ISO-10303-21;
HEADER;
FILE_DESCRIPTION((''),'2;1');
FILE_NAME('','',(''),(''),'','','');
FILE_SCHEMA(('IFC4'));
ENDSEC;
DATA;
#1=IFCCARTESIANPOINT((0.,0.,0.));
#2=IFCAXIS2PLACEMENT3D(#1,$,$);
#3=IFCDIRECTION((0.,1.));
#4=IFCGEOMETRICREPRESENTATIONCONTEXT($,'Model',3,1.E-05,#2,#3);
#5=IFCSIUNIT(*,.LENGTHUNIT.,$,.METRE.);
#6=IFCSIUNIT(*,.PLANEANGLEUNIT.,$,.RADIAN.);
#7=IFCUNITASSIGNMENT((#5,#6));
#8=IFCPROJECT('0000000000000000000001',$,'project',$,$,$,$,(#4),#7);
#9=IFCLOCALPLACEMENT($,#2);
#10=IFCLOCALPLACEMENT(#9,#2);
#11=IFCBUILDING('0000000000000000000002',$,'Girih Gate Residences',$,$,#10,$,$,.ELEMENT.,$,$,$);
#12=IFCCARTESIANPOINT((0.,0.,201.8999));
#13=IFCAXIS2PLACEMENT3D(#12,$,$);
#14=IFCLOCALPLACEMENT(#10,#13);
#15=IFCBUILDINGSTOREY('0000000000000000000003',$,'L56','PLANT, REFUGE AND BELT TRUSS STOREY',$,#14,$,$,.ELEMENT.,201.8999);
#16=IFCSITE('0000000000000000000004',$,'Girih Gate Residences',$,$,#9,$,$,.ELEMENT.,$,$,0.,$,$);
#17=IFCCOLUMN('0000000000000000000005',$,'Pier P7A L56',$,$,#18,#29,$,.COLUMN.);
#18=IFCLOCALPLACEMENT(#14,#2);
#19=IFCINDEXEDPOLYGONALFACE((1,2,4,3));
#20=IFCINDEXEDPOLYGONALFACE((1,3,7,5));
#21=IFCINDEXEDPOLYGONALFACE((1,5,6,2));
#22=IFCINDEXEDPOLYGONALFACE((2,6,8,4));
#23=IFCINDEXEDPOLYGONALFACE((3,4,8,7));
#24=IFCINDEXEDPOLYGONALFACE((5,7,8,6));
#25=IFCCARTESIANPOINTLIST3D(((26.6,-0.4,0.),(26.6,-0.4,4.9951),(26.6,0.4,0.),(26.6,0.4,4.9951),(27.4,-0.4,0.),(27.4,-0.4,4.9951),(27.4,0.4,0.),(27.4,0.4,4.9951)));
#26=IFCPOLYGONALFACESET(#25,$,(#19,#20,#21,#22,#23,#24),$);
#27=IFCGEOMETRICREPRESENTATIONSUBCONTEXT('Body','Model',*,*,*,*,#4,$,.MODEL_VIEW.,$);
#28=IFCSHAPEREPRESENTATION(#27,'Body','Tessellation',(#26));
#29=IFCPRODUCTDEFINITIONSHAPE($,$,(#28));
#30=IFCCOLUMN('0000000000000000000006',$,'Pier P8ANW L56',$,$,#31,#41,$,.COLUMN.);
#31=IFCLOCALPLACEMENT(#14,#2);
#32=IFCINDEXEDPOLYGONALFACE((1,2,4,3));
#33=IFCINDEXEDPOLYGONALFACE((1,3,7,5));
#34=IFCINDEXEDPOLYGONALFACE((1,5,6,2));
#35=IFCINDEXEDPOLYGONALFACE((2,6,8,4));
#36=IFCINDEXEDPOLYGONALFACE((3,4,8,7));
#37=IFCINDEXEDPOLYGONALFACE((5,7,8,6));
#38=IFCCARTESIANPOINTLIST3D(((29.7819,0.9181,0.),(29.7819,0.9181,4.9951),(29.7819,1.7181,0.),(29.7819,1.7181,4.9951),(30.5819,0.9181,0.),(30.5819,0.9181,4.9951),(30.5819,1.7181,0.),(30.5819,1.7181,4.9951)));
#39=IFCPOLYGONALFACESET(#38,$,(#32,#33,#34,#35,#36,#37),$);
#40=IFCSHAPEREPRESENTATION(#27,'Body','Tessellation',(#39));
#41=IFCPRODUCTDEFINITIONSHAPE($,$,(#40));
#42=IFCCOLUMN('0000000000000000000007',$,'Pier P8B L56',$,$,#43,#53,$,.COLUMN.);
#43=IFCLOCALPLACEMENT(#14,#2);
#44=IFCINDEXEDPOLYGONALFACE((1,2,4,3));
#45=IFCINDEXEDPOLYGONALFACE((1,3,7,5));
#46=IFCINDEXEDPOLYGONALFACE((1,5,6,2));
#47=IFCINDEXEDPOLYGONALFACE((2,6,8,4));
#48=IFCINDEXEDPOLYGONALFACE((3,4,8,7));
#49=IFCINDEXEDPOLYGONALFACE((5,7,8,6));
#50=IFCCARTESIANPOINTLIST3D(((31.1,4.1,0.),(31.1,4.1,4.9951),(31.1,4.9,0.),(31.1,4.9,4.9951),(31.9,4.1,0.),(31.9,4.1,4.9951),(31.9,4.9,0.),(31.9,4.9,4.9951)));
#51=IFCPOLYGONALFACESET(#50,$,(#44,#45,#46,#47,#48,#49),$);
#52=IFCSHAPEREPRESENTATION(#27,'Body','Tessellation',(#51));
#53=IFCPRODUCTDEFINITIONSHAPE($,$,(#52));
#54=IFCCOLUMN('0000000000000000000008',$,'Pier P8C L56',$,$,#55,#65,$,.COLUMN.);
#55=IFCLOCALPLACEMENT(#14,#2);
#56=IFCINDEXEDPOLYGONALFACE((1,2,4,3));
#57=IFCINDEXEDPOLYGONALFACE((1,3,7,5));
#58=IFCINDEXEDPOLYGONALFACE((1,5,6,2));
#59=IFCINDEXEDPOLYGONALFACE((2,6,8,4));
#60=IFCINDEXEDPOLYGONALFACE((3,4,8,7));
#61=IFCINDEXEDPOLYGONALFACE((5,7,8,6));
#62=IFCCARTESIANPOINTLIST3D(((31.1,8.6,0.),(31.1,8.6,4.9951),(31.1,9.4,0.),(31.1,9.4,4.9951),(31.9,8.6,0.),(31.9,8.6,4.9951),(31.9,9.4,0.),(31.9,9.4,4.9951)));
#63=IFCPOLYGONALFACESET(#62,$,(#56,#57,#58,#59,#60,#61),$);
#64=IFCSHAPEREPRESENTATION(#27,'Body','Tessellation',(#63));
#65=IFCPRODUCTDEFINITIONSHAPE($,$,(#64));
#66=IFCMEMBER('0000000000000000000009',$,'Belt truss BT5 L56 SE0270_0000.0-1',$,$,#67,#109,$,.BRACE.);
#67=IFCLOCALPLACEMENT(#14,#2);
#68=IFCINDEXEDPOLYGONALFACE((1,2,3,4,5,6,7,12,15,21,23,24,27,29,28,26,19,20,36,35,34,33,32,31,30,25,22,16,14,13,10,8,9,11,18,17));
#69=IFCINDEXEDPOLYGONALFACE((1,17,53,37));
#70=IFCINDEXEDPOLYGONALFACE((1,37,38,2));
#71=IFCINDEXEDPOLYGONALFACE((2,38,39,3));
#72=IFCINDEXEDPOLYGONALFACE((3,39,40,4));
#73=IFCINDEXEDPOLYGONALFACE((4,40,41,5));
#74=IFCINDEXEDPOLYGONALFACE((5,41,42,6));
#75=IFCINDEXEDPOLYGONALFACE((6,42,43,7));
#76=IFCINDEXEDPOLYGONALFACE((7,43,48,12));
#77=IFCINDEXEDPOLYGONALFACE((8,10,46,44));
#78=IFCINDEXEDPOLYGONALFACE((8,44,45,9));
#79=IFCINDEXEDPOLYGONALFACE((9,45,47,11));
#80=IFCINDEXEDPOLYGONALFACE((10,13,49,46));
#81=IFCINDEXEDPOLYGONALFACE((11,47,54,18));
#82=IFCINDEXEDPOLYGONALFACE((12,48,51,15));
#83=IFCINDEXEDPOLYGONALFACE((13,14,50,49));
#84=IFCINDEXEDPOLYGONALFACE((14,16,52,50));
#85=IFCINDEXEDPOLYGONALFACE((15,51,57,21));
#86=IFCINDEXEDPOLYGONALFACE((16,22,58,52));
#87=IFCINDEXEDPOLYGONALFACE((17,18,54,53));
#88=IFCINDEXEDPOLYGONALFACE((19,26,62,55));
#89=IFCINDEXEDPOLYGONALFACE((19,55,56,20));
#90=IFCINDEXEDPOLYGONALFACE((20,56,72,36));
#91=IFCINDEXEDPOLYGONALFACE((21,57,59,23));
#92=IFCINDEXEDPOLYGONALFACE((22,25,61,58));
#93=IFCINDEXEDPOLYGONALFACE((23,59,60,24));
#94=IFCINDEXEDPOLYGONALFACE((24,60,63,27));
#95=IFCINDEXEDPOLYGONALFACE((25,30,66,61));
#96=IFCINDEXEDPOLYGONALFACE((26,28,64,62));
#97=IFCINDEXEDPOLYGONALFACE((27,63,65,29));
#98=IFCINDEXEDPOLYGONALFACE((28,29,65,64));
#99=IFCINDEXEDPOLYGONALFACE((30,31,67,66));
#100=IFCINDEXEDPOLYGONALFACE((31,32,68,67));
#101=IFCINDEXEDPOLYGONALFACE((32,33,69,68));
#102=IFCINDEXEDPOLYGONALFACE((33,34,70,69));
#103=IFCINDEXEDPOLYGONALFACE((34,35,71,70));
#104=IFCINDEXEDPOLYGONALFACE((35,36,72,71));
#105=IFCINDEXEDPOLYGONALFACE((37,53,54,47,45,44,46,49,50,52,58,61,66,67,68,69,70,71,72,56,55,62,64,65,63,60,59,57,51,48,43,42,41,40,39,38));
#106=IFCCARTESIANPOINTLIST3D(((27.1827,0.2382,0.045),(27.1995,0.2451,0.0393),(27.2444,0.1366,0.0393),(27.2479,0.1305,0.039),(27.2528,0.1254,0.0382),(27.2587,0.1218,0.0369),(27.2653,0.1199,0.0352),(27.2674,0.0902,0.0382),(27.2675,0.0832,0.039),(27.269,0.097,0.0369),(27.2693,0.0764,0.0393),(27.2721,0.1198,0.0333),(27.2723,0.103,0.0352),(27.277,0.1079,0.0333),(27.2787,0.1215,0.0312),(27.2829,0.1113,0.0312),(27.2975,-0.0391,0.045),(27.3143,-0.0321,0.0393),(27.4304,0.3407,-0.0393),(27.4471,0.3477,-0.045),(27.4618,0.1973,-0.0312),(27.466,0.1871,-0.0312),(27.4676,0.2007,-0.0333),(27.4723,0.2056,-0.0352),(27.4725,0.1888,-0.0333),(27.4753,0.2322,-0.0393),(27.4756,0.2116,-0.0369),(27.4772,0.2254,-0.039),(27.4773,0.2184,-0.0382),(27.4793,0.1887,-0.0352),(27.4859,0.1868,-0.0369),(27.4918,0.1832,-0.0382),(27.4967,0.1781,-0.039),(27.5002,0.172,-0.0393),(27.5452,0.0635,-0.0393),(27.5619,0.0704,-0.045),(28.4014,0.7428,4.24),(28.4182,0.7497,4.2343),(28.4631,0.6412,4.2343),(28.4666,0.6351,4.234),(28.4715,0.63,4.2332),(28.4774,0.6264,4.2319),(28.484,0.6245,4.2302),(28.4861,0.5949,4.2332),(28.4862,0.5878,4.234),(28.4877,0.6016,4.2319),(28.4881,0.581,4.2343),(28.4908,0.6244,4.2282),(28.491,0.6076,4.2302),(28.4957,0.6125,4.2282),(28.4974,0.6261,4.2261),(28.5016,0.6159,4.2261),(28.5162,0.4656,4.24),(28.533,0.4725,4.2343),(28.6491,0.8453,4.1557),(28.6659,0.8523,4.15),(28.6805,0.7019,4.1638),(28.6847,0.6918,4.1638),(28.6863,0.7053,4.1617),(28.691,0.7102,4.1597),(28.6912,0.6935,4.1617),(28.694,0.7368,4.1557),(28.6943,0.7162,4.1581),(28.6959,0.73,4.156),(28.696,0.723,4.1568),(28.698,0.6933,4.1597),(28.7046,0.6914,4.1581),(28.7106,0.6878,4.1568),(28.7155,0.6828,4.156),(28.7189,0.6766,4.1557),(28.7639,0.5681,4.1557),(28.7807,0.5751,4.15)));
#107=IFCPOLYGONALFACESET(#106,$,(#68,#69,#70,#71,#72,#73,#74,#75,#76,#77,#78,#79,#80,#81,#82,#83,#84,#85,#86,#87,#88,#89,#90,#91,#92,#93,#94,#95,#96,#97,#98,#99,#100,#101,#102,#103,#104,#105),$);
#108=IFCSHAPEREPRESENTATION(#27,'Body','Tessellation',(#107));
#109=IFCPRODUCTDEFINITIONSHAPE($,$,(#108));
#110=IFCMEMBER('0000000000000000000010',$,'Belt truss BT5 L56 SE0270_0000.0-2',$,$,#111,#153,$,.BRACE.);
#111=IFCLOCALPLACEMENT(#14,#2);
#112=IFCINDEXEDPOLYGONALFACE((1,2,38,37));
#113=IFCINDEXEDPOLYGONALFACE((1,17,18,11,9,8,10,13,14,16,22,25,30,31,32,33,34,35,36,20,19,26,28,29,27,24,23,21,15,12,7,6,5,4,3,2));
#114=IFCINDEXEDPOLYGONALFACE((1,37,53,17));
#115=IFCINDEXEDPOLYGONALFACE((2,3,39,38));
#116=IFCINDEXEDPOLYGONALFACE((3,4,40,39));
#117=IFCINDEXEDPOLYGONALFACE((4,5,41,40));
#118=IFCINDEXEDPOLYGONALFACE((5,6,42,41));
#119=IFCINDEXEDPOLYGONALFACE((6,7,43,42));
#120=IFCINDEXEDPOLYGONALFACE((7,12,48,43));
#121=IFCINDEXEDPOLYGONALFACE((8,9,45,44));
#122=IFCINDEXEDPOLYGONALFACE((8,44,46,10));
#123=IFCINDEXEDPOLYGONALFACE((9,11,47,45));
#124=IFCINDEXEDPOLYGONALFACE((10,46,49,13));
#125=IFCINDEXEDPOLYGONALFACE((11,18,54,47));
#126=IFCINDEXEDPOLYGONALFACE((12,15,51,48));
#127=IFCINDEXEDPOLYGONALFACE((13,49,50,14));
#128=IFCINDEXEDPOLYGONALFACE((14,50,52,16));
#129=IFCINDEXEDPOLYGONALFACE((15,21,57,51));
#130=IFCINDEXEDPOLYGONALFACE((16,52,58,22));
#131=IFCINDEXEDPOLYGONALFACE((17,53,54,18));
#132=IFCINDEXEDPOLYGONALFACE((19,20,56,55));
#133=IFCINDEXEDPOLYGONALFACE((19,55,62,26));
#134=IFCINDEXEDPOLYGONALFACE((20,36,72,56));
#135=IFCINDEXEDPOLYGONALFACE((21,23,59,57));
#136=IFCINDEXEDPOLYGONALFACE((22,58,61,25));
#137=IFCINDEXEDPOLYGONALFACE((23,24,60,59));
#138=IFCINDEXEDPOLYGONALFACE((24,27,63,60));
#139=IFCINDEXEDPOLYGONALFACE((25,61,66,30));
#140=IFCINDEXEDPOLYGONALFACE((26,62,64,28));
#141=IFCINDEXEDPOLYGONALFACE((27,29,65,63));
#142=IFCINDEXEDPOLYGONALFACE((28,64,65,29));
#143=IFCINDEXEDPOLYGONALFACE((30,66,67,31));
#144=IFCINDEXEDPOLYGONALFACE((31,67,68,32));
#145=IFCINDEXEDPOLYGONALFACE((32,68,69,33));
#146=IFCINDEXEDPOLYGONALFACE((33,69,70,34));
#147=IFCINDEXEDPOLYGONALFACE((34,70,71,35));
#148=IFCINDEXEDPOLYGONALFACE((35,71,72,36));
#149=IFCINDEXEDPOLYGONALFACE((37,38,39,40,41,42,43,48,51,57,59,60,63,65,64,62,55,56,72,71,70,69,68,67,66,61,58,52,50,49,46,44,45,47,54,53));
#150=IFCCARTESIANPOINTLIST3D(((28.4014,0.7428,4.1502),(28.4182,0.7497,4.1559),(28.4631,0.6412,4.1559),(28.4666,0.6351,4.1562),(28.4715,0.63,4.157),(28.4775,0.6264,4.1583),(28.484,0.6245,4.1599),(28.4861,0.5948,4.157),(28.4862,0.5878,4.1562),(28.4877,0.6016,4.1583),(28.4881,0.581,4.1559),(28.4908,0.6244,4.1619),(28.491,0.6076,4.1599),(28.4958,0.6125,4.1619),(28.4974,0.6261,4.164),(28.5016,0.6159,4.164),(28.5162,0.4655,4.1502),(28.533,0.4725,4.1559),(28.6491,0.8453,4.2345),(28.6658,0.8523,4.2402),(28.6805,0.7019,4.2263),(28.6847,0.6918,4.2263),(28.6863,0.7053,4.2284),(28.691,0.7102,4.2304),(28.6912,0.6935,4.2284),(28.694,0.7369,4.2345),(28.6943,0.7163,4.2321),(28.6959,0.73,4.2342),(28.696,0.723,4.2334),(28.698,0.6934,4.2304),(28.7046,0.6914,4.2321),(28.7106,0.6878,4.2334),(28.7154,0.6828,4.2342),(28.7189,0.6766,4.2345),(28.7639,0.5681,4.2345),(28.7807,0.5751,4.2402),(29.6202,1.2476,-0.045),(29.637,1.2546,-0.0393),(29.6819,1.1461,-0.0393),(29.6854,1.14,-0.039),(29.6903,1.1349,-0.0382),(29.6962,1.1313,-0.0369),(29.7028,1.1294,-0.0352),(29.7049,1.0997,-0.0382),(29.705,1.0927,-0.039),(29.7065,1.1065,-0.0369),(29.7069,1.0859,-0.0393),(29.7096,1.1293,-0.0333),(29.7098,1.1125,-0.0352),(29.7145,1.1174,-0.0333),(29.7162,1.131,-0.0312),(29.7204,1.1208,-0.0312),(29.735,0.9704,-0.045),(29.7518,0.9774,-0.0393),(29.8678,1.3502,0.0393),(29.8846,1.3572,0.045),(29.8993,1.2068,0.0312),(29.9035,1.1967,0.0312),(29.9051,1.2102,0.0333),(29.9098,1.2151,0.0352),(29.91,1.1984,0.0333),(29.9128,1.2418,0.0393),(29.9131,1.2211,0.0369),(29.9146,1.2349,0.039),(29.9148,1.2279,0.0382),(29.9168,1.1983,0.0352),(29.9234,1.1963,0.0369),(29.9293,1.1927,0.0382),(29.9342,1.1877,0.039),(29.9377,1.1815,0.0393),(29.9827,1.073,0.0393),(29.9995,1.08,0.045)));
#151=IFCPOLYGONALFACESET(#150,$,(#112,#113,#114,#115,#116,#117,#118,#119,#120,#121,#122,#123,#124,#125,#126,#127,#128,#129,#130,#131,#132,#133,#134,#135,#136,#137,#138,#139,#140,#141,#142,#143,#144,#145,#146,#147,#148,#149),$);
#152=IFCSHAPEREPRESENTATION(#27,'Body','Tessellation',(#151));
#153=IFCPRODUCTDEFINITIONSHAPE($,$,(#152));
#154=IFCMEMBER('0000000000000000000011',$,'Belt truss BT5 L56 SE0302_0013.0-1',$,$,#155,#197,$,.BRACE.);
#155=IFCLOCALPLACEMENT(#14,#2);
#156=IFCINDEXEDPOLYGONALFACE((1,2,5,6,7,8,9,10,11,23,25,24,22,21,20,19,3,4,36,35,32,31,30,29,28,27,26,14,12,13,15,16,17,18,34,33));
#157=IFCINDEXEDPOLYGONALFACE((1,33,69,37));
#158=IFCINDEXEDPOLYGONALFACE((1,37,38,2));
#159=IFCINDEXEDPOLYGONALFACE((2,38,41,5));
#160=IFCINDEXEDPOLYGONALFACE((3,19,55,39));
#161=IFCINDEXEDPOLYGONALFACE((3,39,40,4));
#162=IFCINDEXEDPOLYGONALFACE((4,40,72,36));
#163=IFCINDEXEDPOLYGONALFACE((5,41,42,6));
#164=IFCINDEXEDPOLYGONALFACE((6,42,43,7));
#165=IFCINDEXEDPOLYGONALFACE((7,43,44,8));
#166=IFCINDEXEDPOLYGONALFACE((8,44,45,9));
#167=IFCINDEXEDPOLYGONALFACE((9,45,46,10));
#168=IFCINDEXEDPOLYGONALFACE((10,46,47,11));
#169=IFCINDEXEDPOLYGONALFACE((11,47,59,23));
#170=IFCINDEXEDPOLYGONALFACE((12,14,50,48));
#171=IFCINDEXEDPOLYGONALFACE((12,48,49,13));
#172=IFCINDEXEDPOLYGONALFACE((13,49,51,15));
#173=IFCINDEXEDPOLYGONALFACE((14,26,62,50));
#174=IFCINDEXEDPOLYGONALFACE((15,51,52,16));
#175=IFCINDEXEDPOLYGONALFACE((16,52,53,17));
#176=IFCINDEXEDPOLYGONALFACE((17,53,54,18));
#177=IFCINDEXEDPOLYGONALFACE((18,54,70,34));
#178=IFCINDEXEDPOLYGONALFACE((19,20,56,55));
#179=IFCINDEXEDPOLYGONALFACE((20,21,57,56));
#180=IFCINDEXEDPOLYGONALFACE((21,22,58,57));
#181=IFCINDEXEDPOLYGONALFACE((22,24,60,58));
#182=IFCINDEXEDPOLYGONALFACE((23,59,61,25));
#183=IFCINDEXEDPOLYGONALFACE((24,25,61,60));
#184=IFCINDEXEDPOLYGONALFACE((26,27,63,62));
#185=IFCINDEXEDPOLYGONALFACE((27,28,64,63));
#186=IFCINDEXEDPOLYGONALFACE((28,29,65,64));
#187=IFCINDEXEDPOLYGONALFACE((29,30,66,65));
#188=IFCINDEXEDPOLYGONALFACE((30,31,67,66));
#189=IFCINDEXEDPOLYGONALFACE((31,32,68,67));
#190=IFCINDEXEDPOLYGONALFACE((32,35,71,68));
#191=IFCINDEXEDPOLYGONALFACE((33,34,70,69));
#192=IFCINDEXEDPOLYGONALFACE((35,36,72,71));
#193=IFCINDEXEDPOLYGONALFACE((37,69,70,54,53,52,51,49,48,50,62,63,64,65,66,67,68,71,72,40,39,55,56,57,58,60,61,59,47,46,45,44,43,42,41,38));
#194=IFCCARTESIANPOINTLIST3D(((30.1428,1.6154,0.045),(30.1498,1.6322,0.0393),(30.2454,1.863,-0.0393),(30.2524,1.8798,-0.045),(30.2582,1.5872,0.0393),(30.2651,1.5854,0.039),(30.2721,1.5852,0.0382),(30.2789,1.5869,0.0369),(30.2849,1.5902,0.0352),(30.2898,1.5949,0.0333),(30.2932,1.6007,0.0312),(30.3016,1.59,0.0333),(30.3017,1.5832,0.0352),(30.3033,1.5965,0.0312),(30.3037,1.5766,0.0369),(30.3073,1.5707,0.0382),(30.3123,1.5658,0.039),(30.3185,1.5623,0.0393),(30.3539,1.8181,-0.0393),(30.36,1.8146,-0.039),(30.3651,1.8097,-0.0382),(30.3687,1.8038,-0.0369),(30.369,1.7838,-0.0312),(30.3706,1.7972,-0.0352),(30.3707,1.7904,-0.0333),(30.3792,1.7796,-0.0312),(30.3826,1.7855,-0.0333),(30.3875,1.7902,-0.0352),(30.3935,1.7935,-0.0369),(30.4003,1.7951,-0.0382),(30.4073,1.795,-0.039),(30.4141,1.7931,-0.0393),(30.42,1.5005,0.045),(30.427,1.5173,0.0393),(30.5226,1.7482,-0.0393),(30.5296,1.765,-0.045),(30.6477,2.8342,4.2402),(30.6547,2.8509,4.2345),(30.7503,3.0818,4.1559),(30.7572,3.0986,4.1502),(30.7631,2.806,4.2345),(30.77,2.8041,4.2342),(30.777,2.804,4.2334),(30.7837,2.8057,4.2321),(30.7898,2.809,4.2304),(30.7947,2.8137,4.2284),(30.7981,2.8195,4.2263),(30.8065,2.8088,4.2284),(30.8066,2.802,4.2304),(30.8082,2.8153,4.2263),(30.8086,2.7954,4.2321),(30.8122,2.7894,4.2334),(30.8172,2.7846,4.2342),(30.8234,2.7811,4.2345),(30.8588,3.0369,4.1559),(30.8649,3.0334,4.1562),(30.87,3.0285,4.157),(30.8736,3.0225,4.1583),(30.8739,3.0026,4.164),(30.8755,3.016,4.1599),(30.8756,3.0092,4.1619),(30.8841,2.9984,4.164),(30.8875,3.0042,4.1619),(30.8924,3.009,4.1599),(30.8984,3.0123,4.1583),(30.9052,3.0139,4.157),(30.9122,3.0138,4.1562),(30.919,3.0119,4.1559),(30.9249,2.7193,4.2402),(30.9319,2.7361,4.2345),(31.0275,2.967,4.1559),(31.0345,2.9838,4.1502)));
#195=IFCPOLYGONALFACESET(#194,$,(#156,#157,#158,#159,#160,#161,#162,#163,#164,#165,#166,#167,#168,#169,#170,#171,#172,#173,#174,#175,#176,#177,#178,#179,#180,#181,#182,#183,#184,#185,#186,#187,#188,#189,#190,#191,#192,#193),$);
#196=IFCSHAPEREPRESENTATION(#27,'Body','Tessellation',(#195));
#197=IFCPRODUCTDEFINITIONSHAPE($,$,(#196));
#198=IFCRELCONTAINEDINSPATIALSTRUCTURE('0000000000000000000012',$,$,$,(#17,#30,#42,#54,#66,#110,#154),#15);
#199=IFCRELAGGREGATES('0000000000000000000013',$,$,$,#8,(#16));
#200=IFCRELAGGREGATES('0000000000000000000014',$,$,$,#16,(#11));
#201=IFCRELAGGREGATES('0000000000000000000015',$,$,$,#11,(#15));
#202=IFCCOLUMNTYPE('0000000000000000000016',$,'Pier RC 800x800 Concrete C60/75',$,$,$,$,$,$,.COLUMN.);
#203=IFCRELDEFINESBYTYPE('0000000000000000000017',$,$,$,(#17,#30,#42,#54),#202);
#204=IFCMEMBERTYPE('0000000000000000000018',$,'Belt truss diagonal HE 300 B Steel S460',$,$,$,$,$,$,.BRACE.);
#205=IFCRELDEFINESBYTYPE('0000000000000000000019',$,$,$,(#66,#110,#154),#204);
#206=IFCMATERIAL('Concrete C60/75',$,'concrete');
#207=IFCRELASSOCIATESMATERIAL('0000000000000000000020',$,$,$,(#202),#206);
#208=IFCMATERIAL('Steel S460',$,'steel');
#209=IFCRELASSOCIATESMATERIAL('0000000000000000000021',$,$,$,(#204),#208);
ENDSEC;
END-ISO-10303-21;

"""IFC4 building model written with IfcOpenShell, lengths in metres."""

from ifc_helpers import new_model, si_unit, direction, frame, origin, origin_2d, place, context, subcontext, project, spatial, rectangle, i_section, extrude, material, material_profile, profile_set, type_object, element, save


model = new_model("IFC4")

# Units and contexts
model_context = context("Model", 3, precision=1e-05, world=origin(), true_north=direction((0.0, 1.0)))
body_context = subcontext(model_context, "Body", "Model", "MODEL_VIEW")
ifc_project = project(units=[si_unit("LENGTHUNIT", "METRE"), si_unit("PLANEANGLEUNIT", "RADIAN")], contexts=[model_context])

# Site, building, storey
site_placement = place(None, origin())
site = spatial("IfcSite", under=ifc_project, at=site_placement, Name="Girih Gate Residences", CompositionType="ELEMENT", RefElevation=0.0)
building_placement = place(site_placement, origin())
building = spatial("IfcBuilding", under=site, at=building_placement, Name="Girih Gate Residences", CompositionType="ELEMENT")
storey_placement = place(building_placement, frame((0.0, 0.0, 201.8999)))
storey = spatial("IfcBuildingStorey", under=building, at=storey_placement, Name="L56", Description="PLANT, REFUGE AND BELT TRUSS STOREY", CompositionType="ELEMENT", Elevation=201.8999)

# Columns
ifc_material_1 = material(Name="Concrete C60/75", Category="concrete")
ifc_material_profile_1 = material_profile(ifc_material_1, rectangle(XDim=0.8, YDim=0.8, at=origin_2d()))
ifc_profile_set_1 = profile_set([ifc_material_profile_1], Name="Concrete C60/75")
column_type = type_object("IfcColumnType", Name="Pier RC 800x800 Concrete C60/75", PredefinedType="COLUMN", material=ifc_profile_set_1)
for number, where, z_axis, x_axis, name in (
    (1, (27.0, 0.0, 0.0), (0.0, 0.0, 1.0), (1.0, 0.0, 0.0), "Pier P7A L56"),
    (2, (30.1819, 1.3181, 0.0), (0.0, 0.0, 1.0), (1.0, 0.0, 0.0), "Pier P8ANW L56"),
    (3, (31.5, 4.5, 0.0), (0.0, 0.0, 1.0), (1.0, 0.0, 0.0), "Pier P8B L56"),
    (4, (31.5, 9.0, 0.0), (0.0, 0.0, 1.0), (1.0, 0.0, 0.0), "Pier P8C L56"),
):
    element("IfcColumn", number, at=place(storey_placement, frame(where, z_axis=z_axis, x_axis=x_axis)), inside=storey, type_object=column_type, Name=name, PredefinedType="COLUMN", context=body_context, shape_type="SweptSolid", body=[
        extrude(rectangle(XDim=0.8, YDim=0.8, at=origin_2d()), origin(), (0.0, 0.0, 1.0), 4.9951),
    ])

# Members
ifc_material_2 = material(Name="Steel S460", Category="steel")
ifc_material_profile_2 = material_profile(ifc_material_2, i_section(OverallWidth=0.3, OverallDepth=0.3, WebThickness=0.011, FlangeThickness=0.019, FilletRadius=0.0271, at=origin_2d()))
ifc_profile_set_2 = profile_set([ifc_material_profile_2], Name="Steel S460")
member_type_1 = type_object("IfcMemberType", Name="Belt truss diagonal HE 300 B Steel S460", PredefinedType="BRACE", material=ifc_profile_set_2)
member_1_placement = place(storey_placement, frame((27.3723, 0.1543, 0.0), z_axis=(0.277142, 0.114754, 0.953952), x_axis=(-0.382564, 0.923929, 0.0)))
element("IfcMember", 5, at=member_1_placement, inside=storey, type_object=member_type_1, Name="Belt truss BT5 L56 SE0270_0000.0-1", PredefinedType="BRACE", context=body_context, shape_type="SweptSolid", body=[
    extrude(i_section(OverallWidth=0.3, OverallDepth=0.3, WebThickness=0.011, FlangeThickness=0.019, FilletRadius=0.0271, at=origin_2d()), origin(), (0.0, 0.0, 1.0), 4.3975),
])
for number, where, z_axis, x_axis, name in (
    (6, (29.8098, 1.1638, 0.0), (-0.27714, -0.114809, 0.953946), (0.382722, -0.923863, 0.0), "Belt truss BT5 L56 SE0270_0000.0-2"),
    (7, (30.3362, 1.6902, 0.0), (0.114809, 0.27714, 0.953946), (-0.923863, 0.382722, 0.0), "Belt truss BT5 L56 SE0302_0013.0-1"),
):
    element("IfcMember", number, at=place(storey_placement, frame(where, z_axis=z_axis, x_axis=x_axis)), inside=storey, type_object=member_type_1, Name=name, PredefinedType="BRACE", context=body_context, shape_type="SweptSolid", body=[
        extrude(i_section(OverallWidth=0.3, OverallDepth=0.3, WebThickness=0.011, FlangeThickness=0.019, FilletRadius=0.0271, at=origin_2d()), origin(), (0.0, 0.0, 1.0), 4.3977),
    ])

save(model, "model.ifc")
